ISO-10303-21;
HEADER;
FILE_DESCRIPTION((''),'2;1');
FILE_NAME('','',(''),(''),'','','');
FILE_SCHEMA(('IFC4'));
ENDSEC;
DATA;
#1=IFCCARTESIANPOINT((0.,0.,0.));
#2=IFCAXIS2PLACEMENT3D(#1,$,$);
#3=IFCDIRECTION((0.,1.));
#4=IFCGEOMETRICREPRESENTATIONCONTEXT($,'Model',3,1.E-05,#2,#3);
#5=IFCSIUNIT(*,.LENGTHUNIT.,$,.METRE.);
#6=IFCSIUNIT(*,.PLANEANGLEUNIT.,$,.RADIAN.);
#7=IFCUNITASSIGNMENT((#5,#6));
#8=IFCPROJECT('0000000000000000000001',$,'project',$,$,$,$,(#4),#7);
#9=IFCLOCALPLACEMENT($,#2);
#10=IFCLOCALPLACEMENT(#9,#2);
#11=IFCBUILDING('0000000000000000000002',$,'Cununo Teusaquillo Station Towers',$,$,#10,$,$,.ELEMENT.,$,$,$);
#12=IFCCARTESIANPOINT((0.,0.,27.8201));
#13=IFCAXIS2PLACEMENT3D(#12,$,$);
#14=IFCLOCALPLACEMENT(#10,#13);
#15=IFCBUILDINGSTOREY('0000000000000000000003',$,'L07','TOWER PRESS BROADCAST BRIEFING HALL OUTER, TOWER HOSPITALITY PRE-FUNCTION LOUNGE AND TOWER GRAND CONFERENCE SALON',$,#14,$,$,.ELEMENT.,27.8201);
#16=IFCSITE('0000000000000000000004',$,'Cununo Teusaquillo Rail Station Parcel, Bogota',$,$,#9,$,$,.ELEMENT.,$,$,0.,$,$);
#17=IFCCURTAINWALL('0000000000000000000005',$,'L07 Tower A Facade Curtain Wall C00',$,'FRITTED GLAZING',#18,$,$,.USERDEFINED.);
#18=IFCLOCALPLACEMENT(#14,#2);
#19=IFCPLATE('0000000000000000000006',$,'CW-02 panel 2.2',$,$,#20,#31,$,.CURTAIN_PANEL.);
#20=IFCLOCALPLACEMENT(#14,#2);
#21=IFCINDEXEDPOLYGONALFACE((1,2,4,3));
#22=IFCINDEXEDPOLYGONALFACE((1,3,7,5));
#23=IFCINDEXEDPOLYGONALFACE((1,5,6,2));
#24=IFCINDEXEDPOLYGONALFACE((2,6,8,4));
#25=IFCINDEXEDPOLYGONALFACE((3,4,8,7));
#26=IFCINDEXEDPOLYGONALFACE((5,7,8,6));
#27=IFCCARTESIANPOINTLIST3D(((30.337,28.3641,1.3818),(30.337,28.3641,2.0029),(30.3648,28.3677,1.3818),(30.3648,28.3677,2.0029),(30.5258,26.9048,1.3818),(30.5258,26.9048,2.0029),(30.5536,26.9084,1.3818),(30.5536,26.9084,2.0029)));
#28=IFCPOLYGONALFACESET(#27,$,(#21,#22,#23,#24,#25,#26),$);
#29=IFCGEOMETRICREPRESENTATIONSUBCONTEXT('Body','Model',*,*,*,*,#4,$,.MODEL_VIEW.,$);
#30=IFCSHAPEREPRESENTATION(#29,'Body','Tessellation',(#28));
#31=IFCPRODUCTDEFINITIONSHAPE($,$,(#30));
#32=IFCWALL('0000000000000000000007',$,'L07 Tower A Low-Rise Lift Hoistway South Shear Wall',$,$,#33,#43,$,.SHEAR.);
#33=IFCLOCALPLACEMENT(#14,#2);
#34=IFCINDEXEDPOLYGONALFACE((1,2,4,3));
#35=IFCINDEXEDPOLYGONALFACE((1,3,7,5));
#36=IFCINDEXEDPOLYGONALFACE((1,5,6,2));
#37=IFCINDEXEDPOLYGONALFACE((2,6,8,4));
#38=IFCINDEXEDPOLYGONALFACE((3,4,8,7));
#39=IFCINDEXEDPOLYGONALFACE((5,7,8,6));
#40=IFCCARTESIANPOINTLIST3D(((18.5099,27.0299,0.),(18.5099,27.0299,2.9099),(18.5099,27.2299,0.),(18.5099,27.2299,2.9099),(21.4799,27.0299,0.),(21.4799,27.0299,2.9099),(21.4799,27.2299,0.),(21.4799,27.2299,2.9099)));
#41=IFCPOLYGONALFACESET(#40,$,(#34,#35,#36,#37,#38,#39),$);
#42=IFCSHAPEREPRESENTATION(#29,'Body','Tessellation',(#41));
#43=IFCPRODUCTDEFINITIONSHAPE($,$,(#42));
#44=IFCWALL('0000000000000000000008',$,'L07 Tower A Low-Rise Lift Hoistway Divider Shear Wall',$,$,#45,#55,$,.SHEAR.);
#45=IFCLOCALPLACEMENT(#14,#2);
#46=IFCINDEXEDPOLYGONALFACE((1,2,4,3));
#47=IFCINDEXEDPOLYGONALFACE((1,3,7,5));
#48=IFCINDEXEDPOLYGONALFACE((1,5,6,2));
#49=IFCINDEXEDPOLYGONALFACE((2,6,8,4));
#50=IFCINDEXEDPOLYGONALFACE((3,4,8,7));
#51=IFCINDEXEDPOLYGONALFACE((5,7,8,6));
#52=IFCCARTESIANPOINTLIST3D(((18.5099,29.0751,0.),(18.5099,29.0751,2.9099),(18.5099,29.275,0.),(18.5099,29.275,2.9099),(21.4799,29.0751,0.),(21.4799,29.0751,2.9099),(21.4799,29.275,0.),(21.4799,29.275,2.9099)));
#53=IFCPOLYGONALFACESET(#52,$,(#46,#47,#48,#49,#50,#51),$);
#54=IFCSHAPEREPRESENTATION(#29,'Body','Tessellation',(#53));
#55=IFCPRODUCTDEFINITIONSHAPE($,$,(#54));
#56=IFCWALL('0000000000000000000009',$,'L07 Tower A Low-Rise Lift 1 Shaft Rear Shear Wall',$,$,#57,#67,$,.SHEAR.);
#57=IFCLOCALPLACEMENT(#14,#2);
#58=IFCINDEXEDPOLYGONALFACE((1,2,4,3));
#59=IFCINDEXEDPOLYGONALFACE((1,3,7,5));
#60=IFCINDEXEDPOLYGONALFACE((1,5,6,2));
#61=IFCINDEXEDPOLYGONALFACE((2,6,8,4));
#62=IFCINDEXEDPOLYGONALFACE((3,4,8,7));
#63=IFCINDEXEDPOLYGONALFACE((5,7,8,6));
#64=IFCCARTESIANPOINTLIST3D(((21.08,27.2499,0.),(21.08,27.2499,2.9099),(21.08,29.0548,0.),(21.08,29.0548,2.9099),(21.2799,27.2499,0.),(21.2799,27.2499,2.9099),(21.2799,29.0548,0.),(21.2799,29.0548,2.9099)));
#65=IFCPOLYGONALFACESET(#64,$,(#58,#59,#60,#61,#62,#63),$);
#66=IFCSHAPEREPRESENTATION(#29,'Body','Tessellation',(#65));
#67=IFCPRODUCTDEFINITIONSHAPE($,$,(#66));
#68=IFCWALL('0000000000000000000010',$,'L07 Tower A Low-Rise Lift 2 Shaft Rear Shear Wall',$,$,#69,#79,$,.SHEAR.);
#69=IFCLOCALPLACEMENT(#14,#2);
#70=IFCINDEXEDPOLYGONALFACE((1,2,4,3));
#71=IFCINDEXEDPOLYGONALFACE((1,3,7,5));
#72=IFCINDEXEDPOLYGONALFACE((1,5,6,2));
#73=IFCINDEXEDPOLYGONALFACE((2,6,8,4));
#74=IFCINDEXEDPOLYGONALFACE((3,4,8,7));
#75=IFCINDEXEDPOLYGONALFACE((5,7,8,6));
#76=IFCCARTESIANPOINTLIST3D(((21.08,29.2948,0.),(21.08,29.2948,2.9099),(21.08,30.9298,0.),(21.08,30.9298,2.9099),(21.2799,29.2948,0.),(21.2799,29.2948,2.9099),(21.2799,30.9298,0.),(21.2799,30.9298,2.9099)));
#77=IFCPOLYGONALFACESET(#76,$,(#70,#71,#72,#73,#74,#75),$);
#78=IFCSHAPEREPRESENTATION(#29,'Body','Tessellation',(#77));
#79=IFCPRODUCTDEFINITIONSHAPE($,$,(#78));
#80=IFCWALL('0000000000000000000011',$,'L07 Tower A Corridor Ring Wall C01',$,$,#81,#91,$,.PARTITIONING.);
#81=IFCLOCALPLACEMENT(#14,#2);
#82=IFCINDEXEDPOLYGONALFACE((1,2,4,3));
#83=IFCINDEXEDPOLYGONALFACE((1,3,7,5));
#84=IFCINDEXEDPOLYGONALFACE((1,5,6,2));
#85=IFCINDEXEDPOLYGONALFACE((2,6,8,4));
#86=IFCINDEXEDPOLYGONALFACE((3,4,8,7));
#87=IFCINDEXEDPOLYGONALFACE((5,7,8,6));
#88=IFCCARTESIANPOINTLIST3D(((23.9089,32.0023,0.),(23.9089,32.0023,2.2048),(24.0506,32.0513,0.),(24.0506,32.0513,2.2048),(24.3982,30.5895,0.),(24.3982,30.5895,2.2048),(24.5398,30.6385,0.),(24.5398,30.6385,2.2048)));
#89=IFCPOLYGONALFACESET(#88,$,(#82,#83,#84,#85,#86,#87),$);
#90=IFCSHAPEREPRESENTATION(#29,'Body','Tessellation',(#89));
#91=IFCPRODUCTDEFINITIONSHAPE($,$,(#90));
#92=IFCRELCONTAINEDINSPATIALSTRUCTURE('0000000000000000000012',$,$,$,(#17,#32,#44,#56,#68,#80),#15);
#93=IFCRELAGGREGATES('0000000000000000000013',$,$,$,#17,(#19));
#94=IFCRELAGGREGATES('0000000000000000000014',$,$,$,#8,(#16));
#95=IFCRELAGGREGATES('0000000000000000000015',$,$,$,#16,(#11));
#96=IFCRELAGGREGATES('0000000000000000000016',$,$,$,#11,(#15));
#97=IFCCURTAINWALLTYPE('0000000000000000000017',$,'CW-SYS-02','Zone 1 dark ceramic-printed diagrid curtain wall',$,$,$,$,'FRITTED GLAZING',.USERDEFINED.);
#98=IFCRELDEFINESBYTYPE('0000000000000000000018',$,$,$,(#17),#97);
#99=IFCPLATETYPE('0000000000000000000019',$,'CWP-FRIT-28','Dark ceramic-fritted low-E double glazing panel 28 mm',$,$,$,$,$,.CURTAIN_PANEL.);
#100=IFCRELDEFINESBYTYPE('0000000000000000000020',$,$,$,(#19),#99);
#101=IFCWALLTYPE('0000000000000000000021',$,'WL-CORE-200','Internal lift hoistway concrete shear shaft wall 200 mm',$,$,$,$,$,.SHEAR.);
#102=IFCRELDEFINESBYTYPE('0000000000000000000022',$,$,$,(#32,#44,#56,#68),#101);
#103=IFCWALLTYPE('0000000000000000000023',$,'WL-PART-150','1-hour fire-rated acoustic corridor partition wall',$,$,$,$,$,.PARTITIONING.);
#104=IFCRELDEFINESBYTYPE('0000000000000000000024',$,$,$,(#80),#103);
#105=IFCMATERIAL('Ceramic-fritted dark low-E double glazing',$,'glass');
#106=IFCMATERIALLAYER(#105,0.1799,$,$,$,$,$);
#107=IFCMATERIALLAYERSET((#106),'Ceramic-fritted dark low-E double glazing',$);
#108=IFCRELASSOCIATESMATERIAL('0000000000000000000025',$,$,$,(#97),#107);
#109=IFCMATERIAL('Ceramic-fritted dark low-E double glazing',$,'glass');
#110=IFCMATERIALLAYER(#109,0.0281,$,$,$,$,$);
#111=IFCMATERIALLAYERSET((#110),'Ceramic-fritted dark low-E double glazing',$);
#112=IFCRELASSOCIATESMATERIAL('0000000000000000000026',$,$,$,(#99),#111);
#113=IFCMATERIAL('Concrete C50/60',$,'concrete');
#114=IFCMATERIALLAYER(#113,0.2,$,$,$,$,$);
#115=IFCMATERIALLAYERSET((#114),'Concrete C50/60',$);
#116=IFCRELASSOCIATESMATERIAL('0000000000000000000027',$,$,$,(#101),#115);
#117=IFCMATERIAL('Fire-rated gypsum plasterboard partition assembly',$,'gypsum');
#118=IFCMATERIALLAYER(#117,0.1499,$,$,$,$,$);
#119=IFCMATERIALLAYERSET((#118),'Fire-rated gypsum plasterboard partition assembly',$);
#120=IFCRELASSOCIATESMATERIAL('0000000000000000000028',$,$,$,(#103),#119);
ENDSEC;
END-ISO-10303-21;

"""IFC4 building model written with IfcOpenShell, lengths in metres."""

from ifc_helpers import new_model, si_unit, direction, frame, frame_2d, origin, origin_2d, place, context, subcontext, project, spatial, rectangle, extrude, source, transform, mapped, material, layer, layer_set, type_object, element, aggregate, save


model = new_model("IFC4")

# Units and contexts
model_context = context("Model", 3, precision=1e-05, world=origin(), true_north=direction((0.0, 1.0)))
body_context = subcontext(model_context, "Body", "Model", "MODEL_VIEW")
ifc_project = project(units=[si_unit("LENGTHUNIT", "METRE"), si_unit("PLANEANGLEUNIT", "RADIAN")], contexts=[model_context])

# Site, building, storey
site_placement = place(None, origin())
site = spatial("IfcSite", under=ifc_project, at=site_placement, Name="Cununo Teusaquillo Rail Station Parcel, Bogota", CompositionType="ELEMENT", RefElevation=0.0)
building_placement = place(site_placement, origin())
building = spatial("IfcBuilding", under=site, at=building_placement, Name="Cununo Teusaquillo Station Towers", CompositionType="ELEMENT")
storey_placement = place(building_placement, frame((0.0, 0.0, 27.8201)))
storey = spatial("IfcBuildingStorey", under=building, at=storey_placement, Name="L07", Description="TOWER PRESS BROADCAST BRIEFING HALL OUTER, TOWER HOSPITALITY PRE-FUNCTION LOUNGE AND TOWER GRAND CONFERENCE SALON", CompositionType="ELEMENT", Elevation=27.8201)

# Curtain wall, plate
ifc_material_1 = material(Name="Ceramic-fritted dark low-E double glazing", Category="glass")
ifc_layer_1 = layer(ifc_material_1, 0.1799)
ifc_layer_set_1 = layer_set([ifc_layer_1], Name="Ceramic-fritted dark low-E double glazing")
curtain_wall_type = type_object("IfcCurtainWallType", Name="CW-SYS-02", Description="Zone 1 dark ceramic-printed diagrid curtain wall", ElementType="FRITTED GLAZING", PredefinedType="USERDEFINED", material=ifc_layer_set_1)
curtain_wall_placement = place(storey_placement, origin())
curtain_wall = element("IfcCurtainWall", 1, at=curtain_wall_placement, inside=storey, type_object=curtain_wall_type, Name="L07 Tower A Facade Curtain Wall C00", ObjectType="FRITTED GLAZING", PredefinedType="USERDEFINED")
ifc_material_2 = material(Name="Ceramic-fritted dark low-E double glazing", Category="glass")
ifc_layer_2 = layer(ifc_material_2, 0.0281)
ifc_layer_set_2 = layer_set([ifc_layer_2], Name="Ceramic-fritted dark low-E double glazing")
plate_type = type_object("IfcPlateType", Name="CWP-FRIT-28", Description="Dark ceramic-fritted low-E double glazing panel 28 mm", PredefinedType="CURTAIN_PANEL", material=ifc_layer_set_2)
shared_shape_1 = source(origin(), body_context, "Body", "SweptSolid", [
    extrude(rectangle(XDim=1.4714, YDim=0.0281, at=origin_2d()), origin(), (0.0, 0.0, 1.0), 0.6211),
])
plate_1_placement = place(storey_placement, frame((30.4453, 27.6362, 1.3818), z_axis=(0.0, 0.0, 1.0), x_axis=(0.128292, -0.991736, 0.0)))
plate_1 = element("IfcPlate", 2, at=plate_1_placement, type_object=plate_type, Name="CW-02 panel 2.2", PredefinedType="CURTAIN_PANEL", context=body_context, shape_type="MappedRepresentation", body=[
    mapped(shared_shape_1, transform((0.0, 0.0, 0.0), x_axis=(1.0, 0.0, 0.0), y_axis=(0.0, 1.0, 0.0), z_axis=(0.0, 0.0, 1.0), scale=1.0)),
])
aggregate(curtain_wall, [plate_1])

# Walls
ifc_material_3 = material(Name="Concrete C50/60", Category="concrete")
ifc_layer_3 = layer(ifc_material_3, 0.2)
ifc_layer_set_3 = layer_set([ifc_layer_3], Name="Concrete C50/60")
wall_type_1 = type_object("IfcWallType", Name="WL-CORE-200", Description="Internal lift hoistway concrete shear shaft wall 200 mm", PredefinedType="SHEAR", material=ifc_layer_set_3)
for number, where, z_axis, x_axis, name in (
    (3, (18.51, 27.1299, 0.0), (0.0, 0.0, 1.0), (1.0, 0.0, 0.0), "L07 Tower A Low-Rise Lift Hoistway South Shear Wall"),
    (4, (18.51, 29.175, 0.0), (0.0, 0.0, 1.0), (1.0, 0.0, 0.0), "L07 Tower A Low-Rise Lift Hoistway Divider Shear Wall"),
):
    element("IfcWall", number, at=place(storey_placement, frame(where, z_axis=z_axis, x_axis=x_axis)), inside=storey, type_object=wall_type_1, Name=name, PredefinedType="SHEAR", context=body_context, shape_type="SweptSolid", body=[
        extrude(rectangle(XDim=2.97, YDim=0.2, at=frame_2d((1.4849, 0.0))), origin(), (0.0, 0.0, 1.0), 2.9099),
    ])
wall_1_placement = place(storey_placement, frame((21.1799, 27.25, 0.0), z_axis=(0.0, 0.0, 1.0), x_axis=(0.0, 1.0, 0.0)))
element("IfcWall", 5, at=wall_1_placement, inside=storey, type_object=wall_type_1, Name="L07 Tower A Low-Rise Lift 1 Shaft Rear Shear Wall", PredefinedType="SHEAR", context=body_context, shape_type="SweptSolid", body=[
    extrude(rectangle(XDim=1.8049, YDim=0.2, at=frame_2d((0.9023, 0.0))), origin(), (0.0, 0.0, 1.0), 2.9099),
])
wall_2_placement = place(storey_placement, frame((21.1799, 29.2949, 0.0), z_axis=(0.0, 0.0, 1.0), x_axis=(0.0, 1.0, 0.0)))
element("IfcWall", 6, at=wall_2_placement, inside=storey, type_object=wall_type_1, Name="L07 Tower A Low-Rise Lift 2 Shaft Rear Shear Wall", PredefinedType="SHEAR", context=body_context, shape_type="SweptSolid", body=[
    extrude(rectangle(XDim=1.635, YDim=0.2, at=frame_2d((0.8174, 0.0))), origin(), (0.0, 0.0, 1.0), 2.9099),
])
ifc_material_4 = material(Name="Fire-rated gypsum plasterboard partition assembly", Category="gypsum")
ifc_layer_4 = layer(ifc_material_4, 0.1499)
ifc_layer_set_4 = layer_set([ifc_layer_4], Name="Fire-rated gypsum plasterboard partition assembly")
wall_type_2 = type_object("IfcWallType", Name="WL-PART-150", Description="1-hour fire-rated acoustic corridor partition wall", PredefinedType="PARTITIONING", material=ifc_layer_set_4)
wall_3_placement = place(storey_placement, frame((24.469, 30.614, 0.0), z_axis=(0.0, 0.0, 1.0), x_axis=(-0.327228, 0.944945, 0.0)))
element("IfcWall", 7, at=wall_3_placement, inside=storey, type_object=wall_type_2, Name="L07 Tower A Corridor Ring Wall C01", PredefinedType="PARTITIONING", context=body_context, shape_type="SweptSolid", body=[
    extrude(rectangle(XDim=1.4951, YDim=0.1499, at=frame_2d((0.7476, 0.0))), origin(), (0.0, 0.0, 1.0), 2.2048),
])

save(model, "model.ifc")
